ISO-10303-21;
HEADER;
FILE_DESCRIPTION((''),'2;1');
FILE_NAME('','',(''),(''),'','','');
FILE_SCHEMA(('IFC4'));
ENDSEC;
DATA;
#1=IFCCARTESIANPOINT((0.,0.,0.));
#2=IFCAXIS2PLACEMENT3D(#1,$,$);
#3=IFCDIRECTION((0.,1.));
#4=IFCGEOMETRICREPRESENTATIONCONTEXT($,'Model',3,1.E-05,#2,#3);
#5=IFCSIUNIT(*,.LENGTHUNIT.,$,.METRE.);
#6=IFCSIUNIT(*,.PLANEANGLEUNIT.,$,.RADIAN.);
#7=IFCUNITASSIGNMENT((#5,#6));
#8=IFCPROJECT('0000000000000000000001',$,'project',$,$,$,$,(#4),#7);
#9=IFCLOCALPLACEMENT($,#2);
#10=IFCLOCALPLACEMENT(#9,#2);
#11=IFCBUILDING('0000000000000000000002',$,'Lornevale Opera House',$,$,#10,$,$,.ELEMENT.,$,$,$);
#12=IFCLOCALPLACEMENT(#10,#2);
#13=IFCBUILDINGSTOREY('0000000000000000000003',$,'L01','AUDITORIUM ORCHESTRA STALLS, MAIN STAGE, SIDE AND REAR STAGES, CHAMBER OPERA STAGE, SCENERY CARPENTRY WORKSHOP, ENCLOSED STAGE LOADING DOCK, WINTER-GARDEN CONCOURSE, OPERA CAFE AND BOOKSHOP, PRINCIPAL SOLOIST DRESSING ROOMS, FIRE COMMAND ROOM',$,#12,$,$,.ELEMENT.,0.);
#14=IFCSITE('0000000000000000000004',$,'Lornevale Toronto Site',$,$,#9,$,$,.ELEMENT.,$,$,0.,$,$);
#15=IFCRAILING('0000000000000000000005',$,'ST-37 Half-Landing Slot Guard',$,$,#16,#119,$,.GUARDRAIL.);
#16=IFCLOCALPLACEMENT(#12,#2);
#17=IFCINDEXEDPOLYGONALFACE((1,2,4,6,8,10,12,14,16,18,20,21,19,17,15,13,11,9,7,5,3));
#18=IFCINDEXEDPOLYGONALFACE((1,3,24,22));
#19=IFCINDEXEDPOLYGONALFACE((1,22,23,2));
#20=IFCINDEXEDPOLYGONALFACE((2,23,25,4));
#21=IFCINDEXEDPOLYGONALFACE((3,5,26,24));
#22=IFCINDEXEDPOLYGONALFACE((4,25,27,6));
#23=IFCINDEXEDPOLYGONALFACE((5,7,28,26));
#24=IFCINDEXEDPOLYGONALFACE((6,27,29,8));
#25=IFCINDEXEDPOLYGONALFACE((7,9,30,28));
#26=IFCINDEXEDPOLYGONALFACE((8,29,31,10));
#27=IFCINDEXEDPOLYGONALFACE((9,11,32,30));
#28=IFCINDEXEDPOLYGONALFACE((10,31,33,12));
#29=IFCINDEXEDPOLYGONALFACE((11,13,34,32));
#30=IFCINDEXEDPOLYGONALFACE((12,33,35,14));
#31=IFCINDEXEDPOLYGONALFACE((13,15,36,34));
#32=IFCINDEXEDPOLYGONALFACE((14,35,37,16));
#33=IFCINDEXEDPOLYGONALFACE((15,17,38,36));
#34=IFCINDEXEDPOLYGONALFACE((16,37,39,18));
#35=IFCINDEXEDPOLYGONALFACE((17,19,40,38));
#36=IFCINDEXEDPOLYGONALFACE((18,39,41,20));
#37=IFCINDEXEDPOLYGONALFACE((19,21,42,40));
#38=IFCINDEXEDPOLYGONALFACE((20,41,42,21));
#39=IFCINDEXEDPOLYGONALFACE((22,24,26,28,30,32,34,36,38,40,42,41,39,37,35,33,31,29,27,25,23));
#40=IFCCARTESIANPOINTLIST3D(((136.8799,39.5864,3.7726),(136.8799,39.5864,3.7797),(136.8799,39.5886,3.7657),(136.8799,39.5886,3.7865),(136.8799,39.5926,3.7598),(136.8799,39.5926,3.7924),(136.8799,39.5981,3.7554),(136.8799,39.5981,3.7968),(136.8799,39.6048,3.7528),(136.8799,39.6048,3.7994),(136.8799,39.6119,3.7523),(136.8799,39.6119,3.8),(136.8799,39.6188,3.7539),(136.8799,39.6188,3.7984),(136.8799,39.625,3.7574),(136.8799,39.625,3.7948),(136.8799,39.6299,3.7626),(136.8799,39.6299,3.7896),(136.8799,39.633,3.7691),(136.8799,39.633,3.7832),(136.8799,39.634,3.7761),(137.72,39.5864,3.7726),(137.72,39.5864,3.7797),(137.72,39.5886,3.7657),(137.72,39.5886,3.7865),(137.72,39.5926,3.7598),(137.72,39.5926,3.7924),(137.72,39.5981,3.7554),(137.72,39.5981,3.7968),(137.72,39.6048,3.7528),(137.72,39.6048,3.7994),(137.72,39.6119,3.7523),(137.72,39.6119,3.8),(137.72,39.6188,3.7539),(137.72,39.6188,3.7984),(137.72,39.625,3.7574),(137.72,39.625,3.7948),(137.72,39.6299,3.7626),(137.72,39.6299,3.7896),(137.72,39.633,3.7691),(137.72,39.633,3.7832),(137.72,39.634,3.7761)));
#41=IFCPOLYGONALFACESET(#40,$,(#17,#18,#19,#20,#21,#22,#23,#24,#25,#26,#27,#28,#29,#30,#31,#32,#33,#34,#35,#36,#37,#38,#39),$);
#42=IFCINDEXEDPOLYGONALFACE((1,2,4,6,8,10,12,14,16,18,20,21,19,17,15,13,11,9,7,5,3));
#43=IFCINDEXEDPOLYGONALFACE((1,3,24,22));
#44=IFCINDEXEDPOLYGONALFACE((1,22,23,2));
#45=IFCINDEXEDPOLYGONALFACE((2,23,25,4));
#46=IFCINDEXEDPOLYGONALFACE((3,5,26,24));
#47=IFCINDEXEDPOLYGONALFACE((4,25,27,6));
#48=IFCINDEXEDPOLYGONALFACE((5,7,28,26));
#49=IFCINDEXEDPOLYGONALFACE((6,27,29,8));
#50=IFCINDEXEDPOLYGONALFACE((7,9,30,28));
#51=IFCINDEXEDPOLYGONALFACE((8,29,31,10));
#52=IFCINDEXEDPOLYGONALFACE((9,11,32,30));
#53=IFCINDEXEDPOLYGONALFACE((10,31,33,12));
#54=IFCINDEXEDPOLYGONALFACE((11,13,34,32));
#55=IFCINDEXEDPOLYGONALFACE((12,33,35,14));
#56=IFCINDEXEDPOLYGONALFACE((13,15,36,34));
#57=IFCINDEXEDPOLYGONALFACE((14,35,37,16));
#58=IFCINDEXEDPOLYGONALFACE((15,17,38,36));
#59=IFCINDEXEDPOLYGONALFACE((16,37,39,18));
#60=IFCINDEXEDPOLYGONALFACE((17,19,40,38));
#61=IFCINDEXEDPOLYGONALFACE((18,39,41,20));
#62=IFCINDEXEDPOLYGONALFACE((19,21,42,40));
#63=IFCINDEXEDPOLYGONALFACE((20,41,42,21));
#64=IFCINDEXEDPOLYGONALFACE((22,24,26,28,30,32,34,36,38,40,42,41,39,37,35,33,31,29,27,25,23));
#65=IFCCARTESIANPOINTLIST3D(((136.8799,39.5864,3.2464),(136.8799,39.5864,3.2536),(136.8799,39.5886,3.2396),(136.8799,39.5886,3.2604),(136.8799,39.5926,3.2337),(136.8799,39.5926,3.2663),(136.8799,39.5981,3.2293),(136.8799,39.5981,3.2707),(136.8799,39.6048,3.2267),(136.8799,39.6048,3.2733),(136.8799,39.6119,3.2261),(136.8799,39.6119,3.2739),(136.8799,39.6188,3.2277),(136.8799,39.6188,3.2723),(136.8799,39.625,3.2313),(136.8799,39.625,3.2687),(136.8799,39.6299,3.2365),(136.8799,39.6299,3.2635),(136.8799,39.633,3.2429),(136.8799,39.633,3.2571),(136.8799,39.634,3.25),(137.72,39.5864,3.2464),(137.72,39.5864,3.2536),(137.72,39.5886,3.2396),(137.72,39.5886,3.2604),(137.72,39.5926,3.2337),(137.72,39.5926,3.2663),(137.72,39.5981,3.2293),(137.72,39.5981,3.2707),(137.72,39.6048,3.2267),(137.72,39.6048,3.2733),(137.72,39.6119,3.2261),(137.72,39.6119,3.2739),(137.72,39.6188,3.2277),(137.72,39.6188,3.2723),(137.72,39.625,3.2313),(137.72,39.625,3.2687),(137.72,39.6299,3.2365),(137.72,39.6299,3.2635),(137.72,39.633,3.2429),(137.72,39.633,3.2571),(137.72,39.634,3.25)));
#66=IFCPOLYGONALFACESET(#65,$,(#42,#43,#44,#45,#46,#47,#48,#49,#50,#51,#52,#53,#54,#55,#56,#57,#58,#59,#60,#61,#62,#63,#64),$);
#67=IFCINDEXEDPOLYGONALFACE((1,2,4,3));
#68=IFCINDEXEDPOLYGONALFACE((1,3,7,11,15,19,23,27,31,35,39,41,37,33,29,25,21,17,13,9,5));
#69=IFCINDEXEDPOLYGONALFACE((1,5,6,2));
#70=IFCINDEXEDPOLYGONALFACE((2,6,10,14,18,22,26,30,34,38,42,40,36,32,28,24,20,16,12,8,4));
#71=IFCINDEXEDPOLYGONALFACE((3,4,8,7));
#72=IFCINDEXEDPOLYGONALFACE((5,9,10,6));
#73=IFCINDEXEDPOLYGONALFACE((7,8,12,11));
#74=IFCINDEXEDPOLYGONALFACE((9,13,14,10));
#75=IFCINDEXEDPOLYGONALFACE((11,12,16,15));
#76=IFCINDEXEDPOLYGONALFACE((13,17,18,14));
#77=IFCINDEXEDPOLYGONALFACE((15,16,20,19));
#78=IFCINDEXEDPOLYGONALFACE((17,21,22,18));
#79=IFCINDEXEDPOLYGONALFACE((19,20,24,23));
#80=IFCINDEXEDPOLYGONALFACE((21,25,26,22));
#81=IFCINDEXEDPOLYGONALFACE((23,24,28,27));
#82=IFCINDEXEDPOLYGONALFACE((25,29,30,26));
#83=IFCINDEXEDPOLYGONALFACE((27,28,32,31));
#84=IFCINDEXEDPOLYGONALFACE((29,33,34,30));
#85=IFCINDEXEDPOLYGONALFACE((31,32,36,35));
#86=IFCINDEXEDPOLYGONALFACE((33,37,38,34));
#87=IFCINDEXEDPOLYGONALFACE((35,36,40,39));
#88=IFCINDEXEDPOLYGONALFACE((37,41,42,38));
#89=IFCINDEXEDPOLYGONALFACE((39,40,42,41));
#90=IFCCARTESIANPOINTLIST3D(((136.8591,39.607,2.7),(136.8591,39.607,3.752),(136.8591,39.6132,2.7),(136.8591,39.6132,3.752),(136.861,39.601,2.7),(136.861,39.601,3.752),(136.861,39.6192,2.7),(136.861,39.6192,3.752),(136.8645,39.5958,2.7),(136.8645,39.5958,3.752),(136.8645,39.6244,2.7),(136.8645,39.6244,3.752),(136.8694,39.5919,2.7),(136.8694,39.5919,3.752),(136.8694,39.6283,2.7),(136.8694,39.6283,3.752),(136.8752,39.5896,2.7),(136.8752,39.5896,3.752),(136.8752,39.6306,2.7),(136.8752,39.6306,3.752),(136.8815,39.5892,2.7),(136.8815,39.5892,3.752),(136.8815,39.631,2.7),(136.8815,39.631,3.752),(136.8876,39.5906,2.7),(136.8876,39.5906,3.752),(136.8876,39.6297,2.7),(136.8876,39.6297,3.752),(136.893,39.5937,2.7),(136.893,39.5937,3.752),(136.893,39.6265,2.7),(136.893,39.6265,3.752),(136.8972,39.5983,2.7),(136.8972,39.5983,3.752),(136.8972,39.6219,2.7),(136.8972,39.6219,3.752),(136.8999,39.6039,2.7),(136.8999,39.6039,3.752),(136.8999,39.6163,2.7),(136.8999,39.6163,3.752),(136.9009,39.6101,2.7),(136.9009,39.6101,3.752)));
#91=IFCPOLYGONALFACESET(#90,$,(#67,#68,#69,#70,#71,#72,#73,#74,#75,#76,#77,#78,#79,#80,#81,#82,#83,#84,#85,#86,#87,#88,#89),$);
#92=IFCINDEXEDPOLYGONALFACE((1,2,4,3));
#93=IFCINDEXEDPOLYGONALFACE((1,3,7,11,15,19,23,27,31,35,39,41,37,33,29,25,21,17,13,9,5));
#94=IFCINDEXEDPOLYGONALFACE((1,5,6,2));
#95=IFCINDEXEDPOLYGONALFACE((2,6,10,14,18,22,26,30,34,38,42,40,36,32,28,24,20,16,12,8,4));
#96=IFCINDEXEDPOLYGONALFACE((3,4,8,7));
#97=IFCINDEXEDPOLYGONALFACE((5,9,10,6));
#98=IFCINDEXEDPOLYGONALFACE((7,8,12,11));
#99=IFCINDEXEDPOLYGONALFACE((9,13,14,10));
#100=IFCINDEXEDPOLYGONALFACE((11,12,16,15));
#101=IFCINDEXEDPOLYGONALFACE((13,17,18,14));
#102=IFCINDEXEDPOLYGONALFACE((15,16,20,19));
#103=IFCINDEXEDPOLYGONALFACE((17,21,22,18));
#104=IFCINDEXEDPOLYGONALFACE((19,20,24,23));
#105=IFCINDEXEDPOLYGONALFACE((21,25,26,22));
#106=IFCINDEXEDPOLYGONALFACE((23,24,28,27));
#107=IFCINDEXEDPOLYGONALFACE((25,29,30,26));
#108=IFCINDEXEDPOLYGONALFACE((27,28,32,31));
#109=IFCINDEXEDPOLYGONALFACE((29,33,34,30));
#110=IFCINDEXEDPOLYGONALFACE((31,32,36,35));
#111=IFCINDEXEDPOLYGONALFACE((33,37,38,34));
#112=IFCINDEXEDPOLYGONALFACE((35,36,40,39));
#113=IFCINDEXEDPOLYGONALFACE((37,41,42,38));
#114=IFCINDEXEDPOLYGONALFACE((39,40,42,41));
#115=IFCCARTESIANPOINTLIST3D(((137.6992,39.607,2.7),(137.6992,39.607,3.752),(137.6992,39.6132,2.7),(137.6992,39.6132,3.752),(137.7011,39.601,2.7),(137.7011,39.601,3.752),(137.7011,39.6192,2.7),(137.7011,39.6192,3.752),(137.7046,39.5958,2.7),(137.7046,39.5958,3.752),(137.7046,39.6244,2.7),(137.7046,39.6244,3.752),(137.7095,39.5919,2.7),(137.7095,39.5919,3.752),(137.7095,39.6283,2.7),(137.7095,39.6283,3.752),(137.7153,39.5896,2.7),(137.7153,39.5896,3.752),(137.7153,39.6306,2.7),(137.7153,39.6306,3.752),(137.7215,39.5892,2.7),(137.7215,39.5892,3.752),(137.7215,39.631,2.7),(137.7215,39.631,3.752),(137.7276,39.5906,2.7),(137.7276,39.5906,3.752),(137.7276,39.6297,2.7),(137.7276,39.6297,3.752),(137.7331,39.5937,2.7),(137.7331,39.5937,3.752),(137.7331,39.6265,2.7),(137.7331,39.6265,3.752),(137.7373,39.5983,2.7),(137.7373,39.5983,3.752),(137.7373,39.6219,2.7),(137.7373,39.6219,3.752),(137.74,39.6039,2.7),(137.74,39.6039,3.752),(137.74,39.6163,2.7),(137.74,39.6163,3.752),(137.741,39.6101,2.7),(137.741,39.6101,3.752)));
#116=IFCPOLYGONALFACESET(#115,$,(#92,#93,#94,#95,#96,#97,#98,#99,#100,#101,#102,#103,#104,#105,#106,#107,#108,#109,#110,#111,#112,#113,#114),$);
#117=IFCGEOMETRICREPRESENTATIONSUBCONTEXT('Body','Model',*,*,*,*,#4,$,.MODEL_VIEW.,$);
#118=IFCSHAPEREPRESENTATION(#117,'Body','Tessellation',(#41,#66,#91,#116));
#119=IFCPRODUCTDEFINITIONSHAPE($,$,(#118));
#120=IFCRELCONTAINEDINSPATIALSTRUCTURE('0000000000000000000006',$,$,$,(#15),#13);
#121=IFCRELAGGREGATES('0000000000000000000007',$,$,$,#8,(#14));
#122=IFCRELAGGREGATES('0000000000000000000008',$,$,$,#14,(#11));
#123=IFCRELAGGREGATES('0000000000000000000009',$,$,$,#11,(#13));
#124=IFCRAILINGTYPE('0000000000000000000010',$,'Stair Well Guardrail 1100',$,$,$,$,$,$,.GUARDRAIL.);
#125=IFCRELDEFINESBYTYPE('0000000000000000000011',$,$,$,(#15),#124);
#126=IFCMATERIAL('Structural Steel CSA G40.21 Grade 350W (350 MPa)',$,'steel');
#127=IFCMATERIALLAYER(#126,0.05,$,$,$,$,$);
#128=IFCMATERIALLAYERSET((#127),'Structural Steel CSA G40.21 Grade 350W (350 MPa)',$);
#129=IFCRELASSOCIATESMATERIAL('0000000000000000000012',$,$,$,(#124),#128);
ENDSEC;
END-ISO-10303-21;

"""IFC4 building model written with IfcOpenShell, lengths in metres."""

from ifc_helpers import new_model, si_unit, direction, frame, origin, origin_2d, place, context, subcontext, project, spatial, circle, extrude, material, layer, layer_set, type_object, element, save


model = new_model("IFC4")

# Units and contexts
model_context = context("Model", 3, precision=1e-05, world=origin(), true_north=direction((0.0, 1.0)))
body_context = subcontext(model_context, "Body", "Model", "MODEL_VIEW")
ifc_project = project(units=[si_unit("LENGTHUNIT", "METRE"), si_unit("PLANEANGLEUNIT", "RADIAN")], contexts=[model_context])

# Site, building, storey
site_placement = place(None, origin())
site = spatial("IfcSite", under=ifc_project, at=site_placement, Name="Lornevale Toronto Site", CompositionType="ELEMENT", RefElevation=0.0)
building_placement = place(site_placement, origin())
building = spatial("IfcBuilding", under=site, at=building_placement, Name="Lornevale Opera House", CompositionType="ELEMENT")
storey_placement = place(building_placement, origin())
storey = spatial("IfcBuildingStorey", under=building, at=storey_placement, Name="L01", Description="AUDITORIUM ORCHESTRA STALLS, MAIN STAGE, SIDE AND REAR STAGES, CHAMBER OPERA STAGE, SCENERY CARPENTRY WORKSHOP, ENCLOSED STAGE LOADING DOCK, WINTER-GARDEN CONCOURSE, OPERA CAFE AND BOOKSHOP, PRINCIPAL SOLOIST DRESSING ROOMS, FIRE COMMAND ROOM", CompositionType="ELEMENT", Elevation=0.0)

# Railing
ifc_material_1 = material(Name="Structural Steel CSA G40.21 Grade 350W (350 MPa)", Category="steel")
ifc_layer_1 = layer(ifc_material_1, 0.05)
ifc_layer_set_1 = layer_set([ifc_layer_1], Name="Structural Steel CSA G40.21 Grade 350W (350 MPa)")
railing_type_1 = type_object("IfcRailingType", Name="Stair Well Guardrail 1100", PredefinedType="GUARDRAIL", material=ifc_layer_set_1)
railing_1_placement = place(storey_placement, frame((136.8799, 39.6101, 2.7)))
element("IfcRailing", 1, at=railing_1_placement, inside=storey, type_object=railing_type_1, Name="ST-37 Half-Landing Slot Guard", PredefinedType="GUARDRAIL", context=body_context, shape_type="SweptSolid", body=[
    extrude(circle(Radius=0.0239, at=origin_2d()), frame((0.0, 0.0, 1.0762), z_axis=(1.0, 0.0, 0.0), x_axis=(0.0, 1.0, 0.0)), (0.0, 0.0, 1.0), 0.8401),
    extrude(circle(Radius=0.0239, at=origin_2d()), frame((0.0, 0.0, 0.55), z_axis=(1.0, 0.0, 0.0), x_axis=(0.0, 1.0, 0.0)), (0.0, 0.0, 1.0), 0.8401),
    extrude(circle(Radius=0.021, at=origin_2d()), origin(), (0.0, 0.0, 1.0), 1.052),
    extrude(circle(Radius=0.021, at=origin_2d()), frame((0.8401, 0.0, 0.0)), (0.0, 0.0, 1.0), 1.052),
])

save(model, "model.ifc")
